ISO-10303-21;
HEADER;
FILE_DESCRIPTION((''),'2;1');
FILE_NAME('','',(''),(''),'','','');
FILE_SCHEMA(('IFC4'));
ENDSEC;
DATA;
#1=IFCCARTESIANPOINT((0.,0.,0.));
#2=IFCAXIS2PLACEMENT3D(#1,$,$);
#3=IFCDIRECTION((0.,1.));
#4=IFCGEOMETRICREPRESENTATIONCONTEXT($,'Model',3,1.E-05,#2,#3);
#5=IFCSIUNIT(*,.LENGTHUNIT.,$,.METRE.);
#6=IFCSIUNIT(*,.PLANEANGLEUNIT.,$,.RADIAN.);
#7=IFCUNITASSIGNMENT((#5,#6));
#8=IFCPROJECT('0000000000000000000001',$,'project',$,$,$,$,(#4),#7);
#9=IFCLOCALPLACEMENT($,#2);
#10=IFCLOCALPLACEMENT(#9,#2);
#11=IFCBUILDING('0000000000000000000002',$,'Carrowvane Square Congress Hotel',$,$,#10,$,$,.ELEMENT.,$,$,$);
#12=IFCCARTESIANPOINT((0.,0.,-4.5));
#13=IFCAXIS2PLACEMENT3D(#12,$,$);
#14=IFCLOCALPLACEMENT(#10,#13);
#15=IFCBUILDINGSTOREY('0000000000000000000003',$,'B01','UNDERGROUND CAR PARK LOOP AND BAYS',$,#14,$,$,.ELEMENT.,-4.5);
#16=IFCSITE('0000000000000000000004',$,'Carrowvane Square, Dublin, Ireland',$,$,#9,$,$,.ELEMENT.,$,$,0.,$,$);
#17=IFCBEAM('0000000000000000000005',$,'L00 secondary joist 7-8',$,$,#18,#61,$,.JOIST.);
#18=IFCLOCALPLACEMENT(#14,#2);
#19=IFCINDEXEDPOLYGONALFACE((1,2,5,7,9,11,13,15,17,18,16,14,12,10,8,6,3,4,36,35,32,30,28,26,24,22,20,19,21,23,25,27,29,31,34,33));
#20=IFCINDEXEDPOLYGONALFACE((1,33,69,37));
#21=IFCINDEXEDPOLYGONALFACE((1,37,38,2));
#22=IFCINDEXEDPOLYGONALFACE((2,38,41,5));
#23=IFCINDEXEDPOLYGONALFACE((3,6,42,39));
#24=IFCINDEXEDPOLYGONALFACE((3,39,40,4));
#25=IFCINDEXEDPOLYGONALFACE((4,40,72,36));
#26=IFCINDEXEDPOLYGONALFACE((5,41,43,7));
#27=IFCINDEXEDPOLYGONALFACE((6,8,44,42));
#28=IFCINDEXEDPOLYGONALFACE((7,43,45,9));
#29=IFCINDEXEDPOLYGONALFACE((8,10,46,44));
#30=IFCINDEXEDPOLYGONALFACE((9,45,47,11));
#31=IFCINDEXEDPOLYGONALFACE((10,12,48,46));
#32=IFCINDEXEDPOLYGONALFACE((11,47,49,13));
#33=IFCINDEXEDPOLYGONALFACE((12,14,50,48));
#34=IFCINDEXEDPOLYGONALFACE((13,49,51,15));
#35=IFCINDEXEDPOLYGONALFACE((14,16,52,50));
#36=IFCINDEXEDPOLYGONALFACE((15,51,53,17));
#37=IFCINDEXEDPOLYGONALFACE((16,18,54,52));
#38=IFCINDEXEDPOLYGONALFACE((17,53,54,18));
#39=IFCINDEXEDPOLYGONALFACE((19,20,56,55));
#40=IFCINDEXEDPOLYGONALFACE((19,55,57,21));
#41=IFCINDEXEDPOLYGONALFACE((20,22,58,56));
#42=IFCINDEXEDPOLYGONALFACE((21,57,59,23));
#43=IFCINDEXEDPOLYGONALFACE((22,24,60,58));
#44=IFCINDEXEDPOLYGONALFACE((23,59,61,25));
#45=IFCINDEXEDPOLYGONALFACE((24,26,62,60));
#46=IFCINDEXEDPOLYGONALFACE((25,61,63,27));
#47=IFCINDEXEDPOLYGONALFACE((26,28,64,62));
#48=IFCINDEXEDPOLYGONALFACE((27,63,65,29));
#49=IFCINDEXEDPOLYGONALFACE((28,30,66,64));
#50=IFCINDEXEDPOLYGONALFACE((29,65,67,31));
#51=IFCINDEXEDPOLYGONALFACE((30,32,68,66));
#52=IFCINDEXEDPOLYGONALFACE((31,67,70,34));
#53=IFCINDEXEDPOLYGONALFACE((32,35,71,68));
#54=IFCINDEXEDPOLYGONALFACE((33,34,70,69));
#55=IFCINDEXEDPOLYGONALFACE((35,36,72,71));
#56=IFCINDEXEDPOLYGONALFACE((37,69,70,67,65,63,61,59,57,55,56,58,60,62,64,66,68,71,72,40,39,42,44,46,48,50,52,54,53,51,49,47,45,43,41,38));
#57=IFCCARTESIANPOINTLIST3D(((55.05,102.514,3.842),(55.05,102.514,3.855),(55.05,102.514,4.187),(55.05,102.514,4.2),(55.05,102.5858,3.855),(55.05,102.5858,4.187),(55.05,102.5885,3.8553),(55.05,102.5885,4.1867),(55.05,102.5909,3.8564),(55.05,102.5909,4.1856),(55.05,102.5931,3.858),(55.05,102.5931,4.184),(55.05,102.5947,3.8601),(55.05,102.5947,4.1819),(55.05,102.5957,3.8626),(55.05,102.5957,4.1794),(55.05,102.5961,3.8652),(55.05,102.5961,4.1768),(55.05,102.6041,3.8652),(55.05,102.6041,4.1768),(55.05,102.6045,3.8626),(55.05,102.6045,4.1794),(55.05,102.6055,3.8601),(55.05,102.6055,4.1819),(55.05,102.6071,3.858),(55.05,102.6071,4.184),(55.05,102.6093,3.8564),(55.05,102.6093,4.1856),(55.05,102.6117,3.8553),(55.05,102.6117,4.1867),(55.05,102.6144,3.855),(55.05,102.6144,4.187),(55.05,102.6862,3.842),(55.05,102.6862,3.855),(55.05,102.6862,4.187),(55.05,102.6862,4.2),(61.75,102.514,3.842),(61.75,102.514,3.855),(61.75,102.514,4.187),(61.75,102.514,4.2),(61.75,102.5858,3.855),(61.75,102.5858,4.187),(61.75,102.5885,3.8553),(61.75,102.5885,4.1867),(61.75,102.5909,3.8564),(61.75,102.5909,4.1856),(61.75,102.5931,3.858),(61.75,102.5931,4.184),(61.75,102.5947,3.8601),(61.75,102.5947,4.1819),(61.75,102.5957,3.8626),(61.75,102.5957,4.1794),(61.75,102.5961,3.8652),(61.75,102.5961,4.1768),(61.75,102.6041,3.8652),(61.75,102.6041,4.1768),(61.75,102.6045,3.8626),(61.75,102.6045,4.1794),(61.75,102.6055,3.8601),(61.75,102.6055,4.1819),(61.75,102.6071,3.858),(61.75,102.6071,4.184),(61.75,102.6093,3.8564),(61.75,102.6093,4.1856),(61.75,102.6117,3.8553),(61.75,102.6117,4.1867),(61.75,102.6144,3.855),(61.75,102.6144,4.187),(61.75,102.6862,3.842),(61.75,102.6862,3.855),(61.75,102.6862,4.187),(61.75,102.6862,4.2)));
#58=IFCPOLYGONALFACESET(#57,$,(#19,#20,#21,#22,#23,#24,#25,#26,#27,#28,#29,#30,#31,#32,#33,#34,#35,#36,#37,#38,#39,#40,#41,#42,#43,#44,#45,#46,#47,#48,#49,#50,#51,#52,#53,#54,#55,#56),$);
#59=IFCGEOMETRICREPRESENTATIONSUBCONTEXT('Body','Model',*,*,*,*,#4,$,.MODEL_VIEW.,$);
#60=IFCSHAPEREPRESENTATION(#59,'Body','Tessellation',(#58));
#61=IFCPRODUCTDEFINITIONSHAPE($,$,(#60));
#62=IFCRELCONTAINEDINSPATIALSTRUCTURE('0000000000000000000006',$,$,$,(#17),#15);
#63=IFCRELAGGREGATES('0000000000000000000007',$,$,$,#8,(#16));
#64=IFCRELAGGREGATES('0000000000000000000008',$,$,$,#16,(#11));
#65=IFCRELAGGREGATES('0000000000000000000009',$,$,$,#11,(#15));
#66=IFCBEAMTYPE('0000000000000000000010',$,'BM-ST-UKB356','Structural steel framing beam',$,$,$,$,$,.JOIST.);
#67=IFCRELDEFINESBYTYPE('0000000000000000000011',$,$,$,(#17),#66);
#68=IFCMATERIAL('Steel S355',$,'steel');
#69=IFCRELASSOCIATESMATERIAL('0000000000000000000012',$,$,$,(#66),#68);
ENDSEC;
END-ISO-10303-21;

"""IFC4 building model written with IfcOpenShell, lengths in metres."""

from ifc_helpers import new_model, si_unit, direction, frame, origin, origin_2d, place, context, subcontext, project, spatial, i_section, extrude, material, material_profile, profile_set, type_object, element, save


model = new_model("IFC4")

# Units and contexts
model_context = context("Model", 3, precision=1e-05, world=origin(), true_north=direction((0.0, 1.0)))
body_context = subcontext(model_context, "Body", "Model", "MODEL_VIEW")
ifc_project = project(units=[si_unit("LENGTHUNIT", "METRE"), si_unit("PLANEANGLEUNIT", "RADIAN")], contexts=[model_context])

# Site, building, storey
site_placement = place(None, origin())
site = spatial("IfcSite", under=ifc_project, at=site_placement, Name="Carrowvane Square, Dublin, Ireland", CompositionType="ELEMENT", RefElevation=0.0)
building_placement = place(site_placement, origin())
building = spatial("IfcBuilding", under=site, at=building_placement, Name="Carrowvane Square Congress Hotel", CompositionType="ELEMENT")
storey_placement = place(building_placement, frame((0.0, 0.0, -4.5)))
storey = spatial("IfcBuildingStorey", under=building, at=storey_placement, Name="B01", Description="UNDERGROUND CAR PARK LOOP AND BAYS", CompositionType="ELEMENT", Elevation=-4.5)

# Beam
ifc_material_1 = material(Name="Steel S355", Category="steel")
ifc_material_profile_1 = material_profile(ifc_material_1, i_section(OverallWidth=0.1721, OverallDepth=0.3579, WebThickness=0.0081, FlangeThickness=0.0129, FilletRadius=0.0103, at=origin_2d()), Name="UKB 356x171x57")
ifc_profile_set_1 = profile_set([ifc_material_profile_1], Name="Steel S355")
beam_type_1 = type_object("IfcBeamType", Name="BM-ST-UKB356", Description="Structural steel framing beam", PredefinedType="JOIST", material=ifc_profile_set_1)
for number, where, z_axis, x_axis, name in (
    (1, (55.05, 102.6001, 4.021), (1.0, 0.0, 0.0), (0.0, 1.0, 0.0), "L00 secondary joist 7-8"),
):
    element("IfcBeam", number, at=place(storey_placement, frame(where, z_axis=z_axis, x_axis=x_axis)), inside=storey, type_object=beam_type_1, Name=name, PredefinedType="JOIST", context=body_context, shape_type="SweptSolid", body=[
        extrude(i_section(OverallWidth=0.1721, OverallDepth=0.3579, WebThickness=0.0081, FlangeThickness=0.0129, FilletRadius=0.0103, at=origin_2d()), origin(), (0.0, 0.0, 1.0), 6.7),
    ])

save(model, "model.ifc")
